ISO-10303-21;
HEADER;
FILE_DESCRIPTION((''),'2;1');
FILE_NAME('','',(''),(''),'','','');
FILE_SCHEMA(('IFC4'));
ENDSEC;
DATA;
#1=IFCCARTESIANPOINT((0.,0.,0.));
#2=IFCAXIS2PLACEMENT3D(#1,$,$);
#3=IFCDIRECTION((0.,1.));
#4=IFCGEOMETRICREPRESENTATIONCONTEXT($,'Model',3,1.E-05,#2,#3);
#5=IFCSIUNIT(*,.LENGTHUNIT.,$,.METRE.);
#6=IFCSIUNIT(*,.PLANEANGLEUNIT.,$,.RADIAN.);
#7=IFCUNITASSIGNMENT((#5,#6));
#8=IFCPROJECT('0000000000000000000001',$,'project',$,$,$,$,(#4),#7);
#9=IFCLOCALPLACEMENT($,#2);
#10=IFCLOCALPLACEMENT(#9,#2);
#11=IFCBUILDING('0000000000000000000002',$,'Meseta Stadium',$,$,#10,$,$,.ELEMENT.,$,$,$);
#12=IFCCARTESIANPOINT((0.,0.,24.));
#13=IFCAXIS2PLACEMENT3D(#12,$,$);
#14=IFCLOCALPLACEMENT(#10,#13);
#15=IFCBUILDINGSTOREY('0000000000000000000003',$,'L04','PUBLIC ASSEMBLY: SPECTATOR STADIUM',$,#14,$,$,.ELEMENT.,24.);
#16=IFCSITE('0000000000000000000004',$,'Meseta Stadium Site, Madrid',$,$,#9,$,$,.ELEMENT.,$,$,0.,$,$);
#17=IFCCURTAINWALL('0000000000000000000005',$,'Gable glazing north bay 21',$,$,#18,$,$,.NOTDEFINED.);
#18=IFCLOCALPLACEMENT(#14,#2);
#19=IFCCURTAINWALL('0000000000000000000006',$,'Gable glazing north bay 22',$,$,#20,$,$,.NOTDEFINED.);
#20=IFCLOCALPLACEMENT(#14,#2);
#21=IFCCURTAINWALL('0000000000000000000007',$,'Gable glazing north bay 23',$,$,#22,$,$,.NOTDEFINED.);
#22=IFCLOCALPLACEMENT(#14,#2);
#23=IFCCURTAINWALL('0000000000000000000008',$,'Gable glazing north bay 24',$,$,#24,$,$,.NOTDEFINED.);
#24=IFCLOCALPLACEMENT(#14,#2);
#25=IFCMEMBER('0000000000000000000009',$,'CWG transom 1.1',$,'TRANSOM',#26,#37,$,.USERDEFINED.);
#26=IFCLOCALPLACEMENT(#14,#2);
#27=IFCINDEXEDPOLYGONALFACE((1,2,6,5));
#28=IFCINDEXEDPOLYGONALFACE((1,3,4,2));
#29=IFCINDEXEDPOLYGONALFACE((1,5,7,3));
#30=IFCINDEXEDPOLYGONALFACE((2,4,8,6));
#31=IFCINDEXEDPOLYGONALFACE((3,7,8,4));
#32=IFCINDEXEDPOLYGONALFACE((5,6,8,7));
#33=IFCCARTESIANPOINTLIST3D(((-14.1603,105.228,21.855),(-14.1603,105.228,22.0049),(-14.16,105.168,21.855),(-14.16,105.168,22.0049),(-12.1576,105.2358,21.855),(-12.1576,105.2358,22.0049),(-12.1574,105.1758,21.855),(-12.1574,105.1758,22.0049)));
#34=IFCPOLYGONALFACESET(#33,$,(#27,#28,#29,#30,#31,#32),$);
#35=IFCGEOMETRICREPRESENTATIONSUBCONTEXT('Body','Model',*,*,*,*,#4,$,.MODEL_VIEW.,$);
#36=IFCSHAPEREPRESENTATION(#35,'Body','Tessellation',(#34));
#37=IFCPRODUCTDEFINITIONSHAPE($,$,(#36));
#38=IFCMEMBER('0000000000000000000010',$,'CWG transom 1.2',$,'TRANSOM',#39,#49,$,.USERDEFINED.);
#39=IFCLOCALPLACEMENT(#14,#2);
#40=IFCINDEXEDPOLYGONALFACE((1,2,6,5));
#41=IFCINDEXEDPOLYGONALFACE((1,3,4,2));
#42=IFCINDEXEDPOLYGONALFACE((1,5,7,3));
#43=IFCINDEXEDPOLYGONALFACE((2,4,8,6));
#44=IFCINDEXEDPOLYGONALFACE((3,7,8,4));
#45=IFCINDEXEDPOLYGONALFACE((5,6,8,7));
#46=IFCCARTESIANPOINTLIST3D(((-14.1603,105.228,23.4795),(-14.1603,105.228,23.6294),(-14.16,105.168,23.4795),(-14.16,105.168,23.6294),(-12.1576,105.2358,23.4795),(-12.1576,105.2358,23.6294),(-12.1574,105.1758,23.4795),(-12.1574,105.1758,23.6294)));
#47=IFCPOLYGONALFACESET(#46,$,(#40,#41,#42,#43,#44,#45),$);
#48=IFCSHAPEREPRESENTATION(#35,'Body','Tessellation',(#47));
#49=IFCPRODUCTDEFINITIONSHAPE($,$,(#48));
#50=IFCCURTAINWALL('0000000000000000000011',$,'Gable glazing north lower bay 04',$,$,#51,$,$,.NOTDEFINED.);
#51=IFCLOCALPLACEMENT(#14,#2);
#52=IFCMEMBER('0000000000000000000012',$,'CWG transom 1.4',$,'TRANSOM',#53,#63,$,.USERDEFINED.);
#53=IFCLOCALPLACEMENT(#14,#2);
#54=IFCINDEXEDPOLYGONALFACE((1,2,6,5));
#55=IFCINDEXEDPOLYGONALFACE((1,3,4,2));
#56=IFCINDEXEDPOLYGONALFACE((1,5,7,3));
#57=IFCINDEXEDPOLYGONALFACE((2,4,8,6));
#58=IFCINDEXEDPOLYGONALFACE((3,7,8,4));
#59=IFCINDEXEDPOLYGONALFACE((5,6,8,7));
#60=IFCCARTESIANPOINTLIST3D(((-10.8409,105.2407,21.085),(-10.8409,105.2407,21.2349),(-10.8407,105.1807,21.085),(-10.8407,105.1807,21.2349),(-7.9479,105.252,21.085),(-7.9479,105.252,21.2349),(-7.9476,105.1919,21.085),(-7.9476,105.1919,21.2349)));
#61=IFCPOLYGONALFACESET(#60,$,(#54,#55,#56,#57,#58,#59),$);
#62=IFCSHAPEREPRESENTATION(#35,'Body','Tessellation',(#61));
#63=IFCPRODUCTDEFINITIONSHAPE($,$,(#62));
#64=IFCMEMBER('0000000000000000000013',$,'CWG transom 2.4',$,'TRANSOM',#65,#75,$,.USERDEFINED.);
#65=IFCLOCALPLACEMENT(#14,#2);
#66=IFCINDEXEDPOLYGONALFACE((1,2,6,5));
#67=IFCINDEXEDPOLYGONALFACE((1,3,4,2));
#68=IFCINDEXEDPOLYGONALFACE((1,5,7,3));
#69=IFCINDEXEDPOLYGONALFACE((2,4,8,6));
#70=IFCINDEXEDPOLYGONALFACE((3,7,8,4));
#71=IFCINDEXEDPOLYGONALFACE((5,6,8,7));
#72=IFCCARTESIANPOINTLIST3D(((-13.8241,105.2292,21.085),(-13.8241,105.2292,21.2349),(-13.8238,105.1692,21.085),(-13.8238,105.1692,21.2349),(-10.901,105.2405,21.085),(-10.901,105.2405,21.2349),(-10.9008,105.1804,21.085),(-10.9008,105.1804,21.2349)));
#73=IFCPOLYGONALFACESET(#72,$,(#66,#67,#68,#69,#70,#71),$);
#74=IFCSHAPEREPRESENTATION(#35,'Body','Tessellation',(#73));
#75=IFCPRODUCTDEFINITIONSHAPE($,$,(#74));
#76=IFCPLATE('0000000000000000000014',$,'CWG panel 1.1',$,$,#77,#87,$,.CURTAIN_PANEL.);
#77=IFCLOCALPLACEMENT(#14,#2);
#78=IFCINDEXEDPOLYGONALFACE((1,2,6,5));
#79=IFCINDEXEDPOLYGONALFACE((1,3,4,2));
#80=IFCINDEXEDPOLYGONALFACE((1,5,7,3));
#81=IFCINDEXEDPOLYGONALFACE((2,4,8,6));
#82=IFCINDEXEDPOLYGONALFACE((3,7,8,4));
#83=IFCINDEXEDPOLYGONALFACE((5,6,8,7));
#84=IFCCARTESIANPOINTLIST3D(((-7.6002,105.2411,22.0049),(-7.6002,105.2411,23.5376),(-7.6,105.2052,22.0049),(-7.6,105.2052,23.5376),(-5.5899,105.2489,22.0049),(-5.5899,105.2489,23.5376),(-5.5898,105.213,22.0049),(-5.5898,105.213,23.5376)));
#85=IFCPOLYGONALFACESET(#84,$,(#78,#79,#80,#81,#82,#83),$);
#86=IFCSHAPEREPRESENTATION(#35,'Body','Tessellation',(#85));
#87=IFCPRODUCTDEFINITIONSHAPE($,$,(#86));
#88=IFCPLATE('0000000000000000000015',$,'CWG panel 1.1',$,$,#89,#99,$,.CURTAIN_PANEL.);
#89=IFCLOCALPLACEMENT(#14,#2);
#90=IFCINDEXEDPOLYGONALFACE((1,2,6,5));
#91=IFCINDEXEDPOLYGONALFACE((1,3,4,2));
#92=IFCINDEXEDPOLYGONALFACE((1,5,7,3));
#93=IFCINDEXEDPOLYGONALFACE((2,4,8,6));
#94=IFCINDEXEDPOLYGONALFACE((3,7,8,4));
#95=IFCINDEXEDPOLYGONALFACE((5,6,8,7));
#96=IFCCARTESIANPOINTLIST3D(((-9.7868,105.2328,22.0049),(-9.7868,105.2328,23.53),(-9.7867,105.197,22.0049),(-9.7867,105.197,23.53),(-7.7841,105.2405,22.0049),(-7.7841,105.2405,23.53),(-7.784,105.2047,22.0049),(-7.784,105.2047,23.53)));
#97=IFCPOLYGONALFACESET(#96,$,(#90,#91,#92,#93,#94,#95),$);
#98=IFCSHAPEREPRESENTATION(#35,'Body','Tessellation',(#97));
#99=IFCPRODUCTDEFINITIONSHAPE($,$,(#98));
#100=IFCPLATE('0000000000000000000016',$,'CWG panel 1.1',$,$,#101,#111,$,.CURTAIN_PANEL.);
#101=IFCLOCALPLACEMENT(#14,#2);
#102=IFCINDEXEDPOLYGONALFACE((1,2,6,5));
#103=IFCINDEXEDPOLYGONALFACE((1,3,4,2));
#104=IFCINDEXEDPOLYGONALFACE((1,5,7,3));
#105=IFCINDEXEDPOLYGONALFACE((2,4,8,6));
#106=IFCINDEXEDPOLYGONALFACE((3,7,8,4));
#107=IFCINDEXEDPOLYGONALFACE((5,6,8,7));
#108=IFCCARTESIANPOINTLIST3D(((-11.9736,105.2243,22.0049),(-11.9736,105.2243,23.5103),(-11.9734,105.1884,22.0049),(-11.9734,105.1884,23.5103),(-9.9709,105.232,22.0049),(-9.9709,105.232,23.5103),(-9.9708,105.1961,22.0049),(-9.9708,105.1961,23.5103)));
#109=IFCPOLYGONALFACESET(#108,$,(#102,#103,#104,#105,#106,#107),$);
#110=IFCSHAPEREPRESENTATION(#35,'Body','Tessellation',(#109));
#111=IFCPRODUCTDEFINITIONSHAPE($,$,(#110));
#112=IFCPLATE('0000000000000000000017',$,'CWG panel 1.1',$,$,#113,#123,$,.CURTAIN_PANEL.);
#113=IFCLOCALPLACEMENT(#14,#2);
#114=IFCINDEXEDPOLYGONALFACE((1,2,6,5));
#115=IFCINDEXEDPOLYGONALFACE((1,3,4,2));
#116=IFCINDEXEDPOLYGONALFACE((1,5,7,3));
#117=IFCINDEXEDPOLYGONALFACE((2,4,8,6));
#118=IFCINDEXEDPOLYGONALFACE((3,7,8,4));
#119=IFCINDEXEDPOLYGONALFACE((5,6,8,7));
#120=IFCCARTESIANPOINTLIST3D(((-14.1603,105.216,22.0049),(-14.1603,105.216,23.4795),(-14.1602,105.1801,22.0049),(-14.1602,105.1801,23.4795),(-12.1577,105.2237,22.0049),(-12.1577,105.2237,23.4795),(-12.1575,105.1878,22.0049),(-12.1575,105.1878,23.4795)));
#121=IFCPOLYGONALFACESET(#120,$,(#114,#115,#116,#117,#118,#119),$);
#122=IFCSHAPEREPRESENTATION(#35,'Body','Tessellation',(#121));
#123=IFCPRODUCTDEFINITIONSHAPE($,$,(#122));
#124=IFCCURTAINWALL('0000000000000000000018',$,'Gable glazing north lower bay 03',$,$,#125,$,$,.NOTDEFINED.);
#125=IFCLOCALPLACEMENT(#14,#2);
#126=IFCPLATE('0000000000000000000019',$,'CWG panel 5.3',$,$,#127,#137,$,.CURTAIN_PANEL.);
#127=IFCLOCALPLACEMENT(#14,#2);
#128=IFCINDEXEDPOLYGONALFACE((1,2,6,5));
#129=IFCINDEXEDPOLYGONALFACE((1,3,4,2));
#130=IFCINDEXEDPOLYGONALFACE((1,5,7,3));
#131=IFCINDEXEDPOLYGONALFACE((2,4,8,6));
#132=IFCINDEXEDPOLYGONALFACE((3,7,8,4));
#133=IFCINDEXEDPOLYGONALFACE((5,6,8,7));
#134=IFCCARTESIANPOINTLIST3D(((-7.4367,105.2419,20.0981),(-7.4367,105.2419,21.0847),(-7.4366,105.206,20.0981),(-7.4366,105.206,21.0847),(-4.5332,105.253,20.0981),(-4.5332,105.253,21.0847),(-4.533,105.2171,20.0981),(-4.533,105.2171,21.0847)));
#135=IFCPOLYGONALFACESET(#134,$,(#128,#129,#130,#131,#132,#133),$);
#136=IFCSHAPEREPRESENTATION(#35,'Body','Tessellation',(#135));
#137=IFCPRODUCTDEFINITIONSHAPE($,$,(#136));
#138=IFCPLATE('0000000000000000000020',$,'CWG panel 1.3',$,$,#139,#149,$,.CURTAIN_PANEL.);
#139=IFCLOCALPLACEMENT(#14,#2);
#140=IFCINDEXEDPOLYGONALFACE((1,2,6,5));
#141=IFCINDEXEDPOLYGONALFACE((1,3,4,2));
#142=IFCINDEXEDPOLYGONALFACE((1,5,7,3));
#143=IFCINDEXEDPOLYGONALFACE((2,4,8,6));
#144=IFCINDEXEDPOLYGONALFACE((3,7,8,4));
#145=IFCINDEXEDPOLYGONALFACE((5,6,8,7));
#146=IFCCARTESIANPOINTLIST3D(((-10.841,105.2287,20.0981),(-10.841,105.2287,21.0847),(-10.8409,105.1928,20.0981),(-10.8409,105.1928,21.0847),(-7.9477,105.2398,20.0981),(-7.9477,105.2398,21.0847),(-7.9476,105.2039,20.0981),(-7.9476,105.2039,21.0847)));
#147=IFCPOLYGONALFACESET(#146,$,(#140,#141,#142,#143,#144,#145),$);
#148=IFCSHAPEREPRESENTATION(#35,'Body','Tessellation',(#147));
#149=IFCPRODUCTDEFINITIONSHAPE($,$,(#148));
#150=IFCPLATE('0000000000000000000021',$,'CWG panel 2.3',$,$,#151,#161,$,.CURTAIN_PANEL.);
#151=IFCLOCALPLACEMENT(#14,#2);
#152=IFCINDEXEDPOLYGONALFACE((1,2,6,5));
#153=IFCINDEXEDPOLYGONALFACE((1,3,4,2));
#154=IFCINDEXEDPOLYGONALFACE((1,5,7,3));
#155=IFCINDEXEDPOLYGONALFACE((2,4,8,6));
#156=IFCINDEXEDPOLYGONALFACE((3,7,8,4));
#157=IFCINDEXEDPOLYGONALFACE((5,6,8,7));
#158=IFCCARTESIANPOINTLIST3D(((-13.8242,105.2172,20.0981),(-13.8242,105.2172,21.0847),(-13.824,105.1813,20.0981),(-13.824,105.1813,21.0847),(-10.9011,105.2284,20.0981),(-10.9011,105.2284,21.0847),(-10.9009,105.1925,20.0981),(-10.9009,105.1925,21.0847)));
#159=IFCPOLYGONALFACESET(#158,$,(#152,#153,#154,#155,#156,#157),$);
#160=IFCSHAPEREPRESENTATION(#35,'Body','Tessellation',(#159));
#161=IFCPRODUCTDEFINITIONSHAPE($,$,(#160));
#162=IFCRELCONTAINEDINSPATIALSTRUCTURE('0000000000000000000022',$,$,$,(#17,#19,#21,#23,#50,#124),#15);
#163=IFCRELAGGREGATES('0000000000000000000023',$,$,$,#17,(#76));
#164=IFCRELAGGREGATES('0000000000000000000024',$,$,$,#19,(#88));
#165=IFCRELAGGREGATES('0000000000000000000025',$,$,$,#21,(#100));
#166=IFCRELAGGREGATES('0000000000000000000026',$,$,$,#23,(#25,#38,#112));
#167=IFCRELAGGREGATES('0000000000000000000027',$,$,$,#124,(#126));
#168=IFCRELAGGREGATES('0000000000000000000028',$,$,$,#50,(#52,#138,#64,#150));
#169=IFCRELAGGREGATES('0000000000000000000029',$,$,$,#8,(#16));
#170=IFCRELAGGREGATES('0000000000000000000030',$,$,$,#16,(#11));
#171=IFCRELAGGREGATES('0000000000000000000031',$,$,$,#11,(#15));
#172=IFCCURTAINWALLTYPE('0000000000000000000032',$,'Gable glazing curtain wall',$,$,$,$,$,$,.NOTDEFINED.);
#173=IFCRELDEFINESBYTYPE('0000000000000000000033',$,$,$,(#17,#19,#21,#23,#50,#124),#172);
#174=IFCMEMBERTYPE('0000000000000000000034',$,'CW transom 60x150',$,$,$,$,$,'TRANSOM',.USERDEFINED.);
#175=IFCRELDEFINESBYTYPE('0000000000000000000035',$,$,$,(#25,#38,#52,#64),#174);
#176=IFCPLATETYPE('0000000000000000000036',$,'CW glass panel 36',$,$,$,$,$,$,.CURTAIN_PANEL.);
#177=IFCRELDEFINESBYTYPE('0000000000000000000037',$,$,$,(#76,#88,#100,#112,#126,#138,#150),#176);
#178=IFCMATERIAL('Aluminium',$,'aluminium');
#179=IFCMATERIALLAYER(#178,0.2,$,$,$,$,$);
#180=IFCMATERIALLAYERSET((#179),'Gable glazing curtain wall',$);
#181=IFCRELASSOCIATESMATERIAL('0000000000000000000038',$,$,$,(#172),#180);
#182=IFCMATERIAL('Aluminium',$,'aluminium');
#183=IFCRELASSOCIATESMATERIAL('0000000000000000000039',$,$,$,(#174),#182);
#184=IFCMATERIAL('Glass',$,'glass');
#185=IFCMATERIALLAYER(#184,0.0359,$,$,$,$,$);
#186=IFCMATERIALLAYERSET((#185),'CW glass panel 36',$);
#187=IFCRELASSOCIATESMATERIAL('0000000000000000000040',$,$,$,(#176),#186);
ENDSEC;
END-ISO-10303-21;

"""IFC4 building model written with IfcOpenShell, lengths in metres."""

from ifc_helpers import new_model, si_unit, direction, frame, origin, origin_2d, place, context, subcontext, project, spatial, rectangle, extrude, material, layer, layer_set, material_profile, profile_set, type_object, element, aggregate, save


model = new_model("IFC4")

# Units and contexts
model_context = context("Model", 3, precision=1e-05, world=origin(), true_north=direction((0.0, 1.0)))
body_context = subcontext(model_context, "Body", "Model", "MODEL_VIEW")
ifc_project = project(units=[si_unit("LENGTHUNIT", "METRE"), si_unit("PLANEANGLEUNIT", "RADIAN")], contexts=[model_context])

# Site, building, storey
site_placement = place(None, origin())
site = spatial("IfcSite", under=ifc_project, at=site_placement, Name="Meseta Stadium Site, Madrid", CompositionType="ELEMENT", RefElevation=0.0)
building_placement = place(site_placement, origin())
building = spatial("IfcBuilding", under=site, at=building_placement, Name="Meseta Stadium", CompositionType="ELEMENT")
storey_placement = place(building_placement, frame((0.0, 0.0, 24.0)))
storey = spatial("IfcBuildingStorey", under=building, at=storey_placement, Name="L04", Description="PUBLIC ASSEMBLY: SPECTATOR STADIUM", CompositionType="ELEMENT", Elevation=24.0)

# Shared definitions
ifc_material_1 = material(Name="Aluminium", Category="aluminium")
ifc_layer_1 = layer(ifc_material_1, 0.2)
ifc_layer_set_1 = layer_set([ifc_layer_1], Name="Gable glazing curtain wall")
curtain_wall_type = type_object("IfcCurtainWallType", Name="Gable glazing curtain wall", PredefinedType="NOTDEFINED", material=ifc_layer_set_1)

# Curtain walls
curtain_wall_1_placement = place(storey_placement, origin())
curtain_wall_1 = element("IfcCurtainWall", 1, at=curtain_wall_1_placement, inside=storey, type_object=curtain_wall_type, Name="Gable glazing north bay 21", PredefinedType="NOTDEFINED")
curtain_wall_2_placement = place(storey_placement, origin())
curtain_wall_2 = element("IfcCurtainWall", 2, at=curtain_wall_2_placement, inside=storey, type_object=curtain_wall_type, Name="Gable glazing north bay 22", PredefinedType="NOTDEFINED")
curtain_wall_3_placement = place(storey_placement, origin())
curtain_wall_3 = element("IfcCurtainWall", 3, at=curtain_wall_3_placement, inside=storey, type_object=curtain_wall_type, Name="Gable glazing north bay 23", PredefinedType="NOTDEFINED")

# Curtain wall
curtain_wall_4_placement = place(storey_placement, origin())
curtain_wall_4 = element("IfcCurtainWall", 4, at=curtain_wall_4_placement, inside=storey, type_object=curtain_wall_type, Name="Gable glazing north bay 24", PredefinedType="NOTDEFINED")

# Members
ifc_material_2 = material(Name="Aluminium", Category="aluminium")
ifc_material_profile_1 = material_profile(ifc_material_2, rectangle(XDim=0.0601, YDim=0.1499, at=origin_2d()), Name="CW 60x150")
ifc_profile_set_1 = profile_set([ifc_material_profile_1], Name="Aluminium")
member_type_1 = type_object("IfcMemberType", Name="CW transom 60x150", ElementType="TRANSOM", PredefinedType="USERDEFINED", material=ifc_profile_set_1)
member_1_placement = place(storey_placement, frame((-12.1575, 105.2058, 21.9299), z_axis=(-0.999992, -0.003901, 0.0), x_axis=(0.003901, -0.999992, 0.0)))
member_1 = element("IfcMember", 5, at=member_1_placement, type_object=member_type_1, Name="CWG transom 1.1", ObjectType="TRANSOM", PredefinedType="USERDEFINED", context=body_context, shape_type="SweptSolid", body=[
    extrude(rectangle(XDim=0.0601, YDim=0.1499, at=origin_2d()), origin(), (0.0, 0.0, 1.0), 2.0027),
])
member_2_placement = place(storey_placement, frame((-12.1575, 105.2058, 23.5544), z_axis=(-0.999992, -0.003901, 0.0), x_axis=(0.003901, -0.999992, 0.0)))
member_2 = element("IfcMember", 6, at=member_2_placement, type_object=member_type_1, Name="CWG transom 1.2", ObjectType="TRANSOM", PredefinedType="USERDEFINED", context=body_context, shape_type="SweptSolid", body=[
    extrude(rectangle(XDim=0.0601, YDim=0.1499, at=origin_2d()), origin(), (0.0, 0.0, 1.0), 2.0027),
])

# Curtain wall, members
curtain_wall_5_placement = place(storey_placement, origin())
curtain_wall_5 = element("IfcCurtainWall", 7, at=curtain_wall_5_placement, inside=storey, type_object=curtain_wall_type, Name="Gable glazing north lower bay 04", PredefinedType="NOTDEFINED")
member_3_placement = place(storey_placement, frame((-7.9478, 105.2219, 21.1599), z_axis=(-0.999992, -0.003882, 0.0), x_axis=(0.003882, -0.999992, 0.0)))
member_3 = element("IfcMember", 8, at=member_3_placement, type_object=member_type_1, Name="CWG transom 1.4", ObjectType="TRANSOM", PredefinedType="USERDEFINED", context=body_context, shape_type="SweptSolid", body=[
    extrude(rectangle(XDim=0.0601, YDim=0.1499, at=origin_2d()), origin(), (0.0, 0.0, 1.0), 2.8931),
])
member_4_placement = place(storey_placement, frame((-10.9009, 105.2104, 21.1599), z_axis=(-0.999993, -0.003842, 0.0), x_axis=(0.003842, -0.999993, 0.0)))
member_4 = element("IfcMember", 9, at=member_4_placement, type_object=member_type_1, Name="CWG transom 2.4", ObjectType="TRANSOM", PredefinedType="USERDEFINED", context=body_context, shape_type="SweptSolid", body=[
    extrude(rectangle(XDim=0.0601, YDim=0.1499, at=origin_2d()), origin(), (0.0, 0.0, 1.0), 2.9231),
])

# Plates
ifc_material_3 = material(Name="Glass", Category="glass")
ifc_layer_2 = layer(ifc_material_3, 0.0359)
ifc_layer_set_2 = layer_set([ifc_layer_2], Name="CW glass panel 36")
plate_type = type_object("IfcPlateType", Name="CW glass panel 36", PredefinedType="CURTAIN_PANEL", material=ifc_layer_set_2)
plate_1_placement = place(storey_placement, frame((-6.595, 105.2271, 22.0049), z_axis=(0.0, 0.0, 1.0), x_axis=(-0.999993, -0.003848, 0.0)))
plate_1 = element("IfcPlate", 10, at=plate_1_placement, type_object=plate_type, Name="CWG panel 1.1", PredefinedType="CURTAIN_PANEL", context=body_context, shape_type="SweptSolid", body=[
    extrude(rectangle(XDim=2.0103, YDim=0.0359, at=origin_2d()), origin(), (0.0, 0.0, 1.0), 1.5327),
])
aggregate(curtain_wall_1, [plate_1])
plate_2_placement = place(storey_placement, frame((-8.7854, 105.2188, 22.0049), z_axis=(0.0, 0.0, 1.0), x_axis=(-0.999993, -0.003848, 0.0)))
plate_2 = element("IfcPlate", 11, at=plate_2_placement, type_object=plate_type, Name="CWG panel 1.1", PredefinedType="CURTAIN_PANEL", context=body_context, shape_type="SweptSolid", body=[
    extrude(rectangle(XDim=2.0027, YDim=0.0359, at=origin_2d()), origin(), (0.0, 0.0, 1.0), 1.5251),
])
aggregate(curtain_wall_2, [plate_2])
plate_3_placement = place(storey_placement, frame((-10.9722, 105.2102, 22.0049), z_axis=(0.0, 0.0, 1.0), x_axis=(-0.999993, -0.003848, 0.0)))
plate_3 = element("IfcPlate", 12, at=plate_3_placement, type_object=plate_type, Name="CWG panel 1.1", PredefinedType="CURTAIN_PANEL", context=body_context, shape_type="SweptSolid", body=[
    extrude(rectangle(XDim=2.0027, YDim=0.0359, at=origin_2d()), origin(), (0.0, 0.0, 1.0), 1.5054),
])
aggregate(curtain_wall_3, [plate_3])
plate_4_placement = place(storey_placement, frame((-13.1589, 105.2019, 22.0049), z_axis=(0.0, 0.0, 1.0), x_axis=(-0.999993, -0.003848, 0.0)))
plate_4 = element("IfcPlate", 13, at=plate_4_placement, type_object=plate_type, Name="CWG panel 1.1", PredefinedType="CURTAIN_PANEL", context=body_context, shape_type="SweptSolid", body=[
    extrude(rectangle(XDim=2.0027, YDim=0.0359, at=origin_2d()), origin(), (0.0, 0.0, 1.0), 1.4746),
])
aggregate(curtain_wall_4, [member_1, member_2, plate_4])

# Curtain wall, plate
curtain_wall_6_placement = place(storey_placement, origin())
curtain_wall_6 = element("IfcCurtainWall", 14, at=curtain_wall_6_placement, inside=storey, type_object=curtain_wall_type, Name="Gable glazing north lower bay 03", PredefinedType="NOTDEFINED")
plate_5_placement = place(storey_placement, frame((-5.9849, 105.2295, 20.0981), z_axis=(0.0, 0.0, 1.0), x_axis=(-0.999993, -0.003848, 0.0)))
plate_5 = element("IfcPlate", 15, at=plate_5_placement, type_object=plate_type, Name="CWG panel 5.3", PredefinedType="CURTAIN_PANEL", context=body_context, shape_type="SweptSolid", body=[
    extrude(rectangle(XDim=2.9036, YDim=0.0359, at=origin_2d()), origin(), (0.0, 0.0, 1.0), 0.9866),
])
aggregate(curtain_wall_6, [plate_5])

# Plates
plate_6_placement = place(storey_placement, frame((-9.3943, 105.2163, 20.0981), z_axis=(0.0, 0.0, 1.0), x_axis=(-0.999993, -0.003848, 0.0)))
plate_6 = element("IfcPlate", 16, at=plate_6_placement, type_object=plate_type, Name="CWG panel 1.3", PredefinedType="CURTAIN_PANEL", context=body_context, shape_type="SweptSolid", body=[
    extrude(rectangle(XDim=2.8933, YDim=0.0359, at=origin_2d()), origin(), (0.0, 0.0, 1.0), 0.9866),
])
plate_7_placement = place(storey_placement, frame((-12.3625, 105.2048, 20.0981), z_axis=(0.0, 0.0, 1.0), x_axis=(-0.999993, -0.003848, 0.0)))
plate_7 = element("IfcPlate", 17, at=plate_7_placement, type_object=plate_type, Name="CWG panel 2.3", PredefinedType="CURTAIN_PANEL", context=body_context, shape_type="SweptSolid", body=[
    extrude(rectangle(XDim=2.9231, YDim=0.0359, at=origin_2d()), origin(), (0.0, 0.0, 1.0), 0.9866),
])
aggregate(curtain_wall_5, [member_3, plate_6, member_4, plate_7])

save(model, "model.ifc")
